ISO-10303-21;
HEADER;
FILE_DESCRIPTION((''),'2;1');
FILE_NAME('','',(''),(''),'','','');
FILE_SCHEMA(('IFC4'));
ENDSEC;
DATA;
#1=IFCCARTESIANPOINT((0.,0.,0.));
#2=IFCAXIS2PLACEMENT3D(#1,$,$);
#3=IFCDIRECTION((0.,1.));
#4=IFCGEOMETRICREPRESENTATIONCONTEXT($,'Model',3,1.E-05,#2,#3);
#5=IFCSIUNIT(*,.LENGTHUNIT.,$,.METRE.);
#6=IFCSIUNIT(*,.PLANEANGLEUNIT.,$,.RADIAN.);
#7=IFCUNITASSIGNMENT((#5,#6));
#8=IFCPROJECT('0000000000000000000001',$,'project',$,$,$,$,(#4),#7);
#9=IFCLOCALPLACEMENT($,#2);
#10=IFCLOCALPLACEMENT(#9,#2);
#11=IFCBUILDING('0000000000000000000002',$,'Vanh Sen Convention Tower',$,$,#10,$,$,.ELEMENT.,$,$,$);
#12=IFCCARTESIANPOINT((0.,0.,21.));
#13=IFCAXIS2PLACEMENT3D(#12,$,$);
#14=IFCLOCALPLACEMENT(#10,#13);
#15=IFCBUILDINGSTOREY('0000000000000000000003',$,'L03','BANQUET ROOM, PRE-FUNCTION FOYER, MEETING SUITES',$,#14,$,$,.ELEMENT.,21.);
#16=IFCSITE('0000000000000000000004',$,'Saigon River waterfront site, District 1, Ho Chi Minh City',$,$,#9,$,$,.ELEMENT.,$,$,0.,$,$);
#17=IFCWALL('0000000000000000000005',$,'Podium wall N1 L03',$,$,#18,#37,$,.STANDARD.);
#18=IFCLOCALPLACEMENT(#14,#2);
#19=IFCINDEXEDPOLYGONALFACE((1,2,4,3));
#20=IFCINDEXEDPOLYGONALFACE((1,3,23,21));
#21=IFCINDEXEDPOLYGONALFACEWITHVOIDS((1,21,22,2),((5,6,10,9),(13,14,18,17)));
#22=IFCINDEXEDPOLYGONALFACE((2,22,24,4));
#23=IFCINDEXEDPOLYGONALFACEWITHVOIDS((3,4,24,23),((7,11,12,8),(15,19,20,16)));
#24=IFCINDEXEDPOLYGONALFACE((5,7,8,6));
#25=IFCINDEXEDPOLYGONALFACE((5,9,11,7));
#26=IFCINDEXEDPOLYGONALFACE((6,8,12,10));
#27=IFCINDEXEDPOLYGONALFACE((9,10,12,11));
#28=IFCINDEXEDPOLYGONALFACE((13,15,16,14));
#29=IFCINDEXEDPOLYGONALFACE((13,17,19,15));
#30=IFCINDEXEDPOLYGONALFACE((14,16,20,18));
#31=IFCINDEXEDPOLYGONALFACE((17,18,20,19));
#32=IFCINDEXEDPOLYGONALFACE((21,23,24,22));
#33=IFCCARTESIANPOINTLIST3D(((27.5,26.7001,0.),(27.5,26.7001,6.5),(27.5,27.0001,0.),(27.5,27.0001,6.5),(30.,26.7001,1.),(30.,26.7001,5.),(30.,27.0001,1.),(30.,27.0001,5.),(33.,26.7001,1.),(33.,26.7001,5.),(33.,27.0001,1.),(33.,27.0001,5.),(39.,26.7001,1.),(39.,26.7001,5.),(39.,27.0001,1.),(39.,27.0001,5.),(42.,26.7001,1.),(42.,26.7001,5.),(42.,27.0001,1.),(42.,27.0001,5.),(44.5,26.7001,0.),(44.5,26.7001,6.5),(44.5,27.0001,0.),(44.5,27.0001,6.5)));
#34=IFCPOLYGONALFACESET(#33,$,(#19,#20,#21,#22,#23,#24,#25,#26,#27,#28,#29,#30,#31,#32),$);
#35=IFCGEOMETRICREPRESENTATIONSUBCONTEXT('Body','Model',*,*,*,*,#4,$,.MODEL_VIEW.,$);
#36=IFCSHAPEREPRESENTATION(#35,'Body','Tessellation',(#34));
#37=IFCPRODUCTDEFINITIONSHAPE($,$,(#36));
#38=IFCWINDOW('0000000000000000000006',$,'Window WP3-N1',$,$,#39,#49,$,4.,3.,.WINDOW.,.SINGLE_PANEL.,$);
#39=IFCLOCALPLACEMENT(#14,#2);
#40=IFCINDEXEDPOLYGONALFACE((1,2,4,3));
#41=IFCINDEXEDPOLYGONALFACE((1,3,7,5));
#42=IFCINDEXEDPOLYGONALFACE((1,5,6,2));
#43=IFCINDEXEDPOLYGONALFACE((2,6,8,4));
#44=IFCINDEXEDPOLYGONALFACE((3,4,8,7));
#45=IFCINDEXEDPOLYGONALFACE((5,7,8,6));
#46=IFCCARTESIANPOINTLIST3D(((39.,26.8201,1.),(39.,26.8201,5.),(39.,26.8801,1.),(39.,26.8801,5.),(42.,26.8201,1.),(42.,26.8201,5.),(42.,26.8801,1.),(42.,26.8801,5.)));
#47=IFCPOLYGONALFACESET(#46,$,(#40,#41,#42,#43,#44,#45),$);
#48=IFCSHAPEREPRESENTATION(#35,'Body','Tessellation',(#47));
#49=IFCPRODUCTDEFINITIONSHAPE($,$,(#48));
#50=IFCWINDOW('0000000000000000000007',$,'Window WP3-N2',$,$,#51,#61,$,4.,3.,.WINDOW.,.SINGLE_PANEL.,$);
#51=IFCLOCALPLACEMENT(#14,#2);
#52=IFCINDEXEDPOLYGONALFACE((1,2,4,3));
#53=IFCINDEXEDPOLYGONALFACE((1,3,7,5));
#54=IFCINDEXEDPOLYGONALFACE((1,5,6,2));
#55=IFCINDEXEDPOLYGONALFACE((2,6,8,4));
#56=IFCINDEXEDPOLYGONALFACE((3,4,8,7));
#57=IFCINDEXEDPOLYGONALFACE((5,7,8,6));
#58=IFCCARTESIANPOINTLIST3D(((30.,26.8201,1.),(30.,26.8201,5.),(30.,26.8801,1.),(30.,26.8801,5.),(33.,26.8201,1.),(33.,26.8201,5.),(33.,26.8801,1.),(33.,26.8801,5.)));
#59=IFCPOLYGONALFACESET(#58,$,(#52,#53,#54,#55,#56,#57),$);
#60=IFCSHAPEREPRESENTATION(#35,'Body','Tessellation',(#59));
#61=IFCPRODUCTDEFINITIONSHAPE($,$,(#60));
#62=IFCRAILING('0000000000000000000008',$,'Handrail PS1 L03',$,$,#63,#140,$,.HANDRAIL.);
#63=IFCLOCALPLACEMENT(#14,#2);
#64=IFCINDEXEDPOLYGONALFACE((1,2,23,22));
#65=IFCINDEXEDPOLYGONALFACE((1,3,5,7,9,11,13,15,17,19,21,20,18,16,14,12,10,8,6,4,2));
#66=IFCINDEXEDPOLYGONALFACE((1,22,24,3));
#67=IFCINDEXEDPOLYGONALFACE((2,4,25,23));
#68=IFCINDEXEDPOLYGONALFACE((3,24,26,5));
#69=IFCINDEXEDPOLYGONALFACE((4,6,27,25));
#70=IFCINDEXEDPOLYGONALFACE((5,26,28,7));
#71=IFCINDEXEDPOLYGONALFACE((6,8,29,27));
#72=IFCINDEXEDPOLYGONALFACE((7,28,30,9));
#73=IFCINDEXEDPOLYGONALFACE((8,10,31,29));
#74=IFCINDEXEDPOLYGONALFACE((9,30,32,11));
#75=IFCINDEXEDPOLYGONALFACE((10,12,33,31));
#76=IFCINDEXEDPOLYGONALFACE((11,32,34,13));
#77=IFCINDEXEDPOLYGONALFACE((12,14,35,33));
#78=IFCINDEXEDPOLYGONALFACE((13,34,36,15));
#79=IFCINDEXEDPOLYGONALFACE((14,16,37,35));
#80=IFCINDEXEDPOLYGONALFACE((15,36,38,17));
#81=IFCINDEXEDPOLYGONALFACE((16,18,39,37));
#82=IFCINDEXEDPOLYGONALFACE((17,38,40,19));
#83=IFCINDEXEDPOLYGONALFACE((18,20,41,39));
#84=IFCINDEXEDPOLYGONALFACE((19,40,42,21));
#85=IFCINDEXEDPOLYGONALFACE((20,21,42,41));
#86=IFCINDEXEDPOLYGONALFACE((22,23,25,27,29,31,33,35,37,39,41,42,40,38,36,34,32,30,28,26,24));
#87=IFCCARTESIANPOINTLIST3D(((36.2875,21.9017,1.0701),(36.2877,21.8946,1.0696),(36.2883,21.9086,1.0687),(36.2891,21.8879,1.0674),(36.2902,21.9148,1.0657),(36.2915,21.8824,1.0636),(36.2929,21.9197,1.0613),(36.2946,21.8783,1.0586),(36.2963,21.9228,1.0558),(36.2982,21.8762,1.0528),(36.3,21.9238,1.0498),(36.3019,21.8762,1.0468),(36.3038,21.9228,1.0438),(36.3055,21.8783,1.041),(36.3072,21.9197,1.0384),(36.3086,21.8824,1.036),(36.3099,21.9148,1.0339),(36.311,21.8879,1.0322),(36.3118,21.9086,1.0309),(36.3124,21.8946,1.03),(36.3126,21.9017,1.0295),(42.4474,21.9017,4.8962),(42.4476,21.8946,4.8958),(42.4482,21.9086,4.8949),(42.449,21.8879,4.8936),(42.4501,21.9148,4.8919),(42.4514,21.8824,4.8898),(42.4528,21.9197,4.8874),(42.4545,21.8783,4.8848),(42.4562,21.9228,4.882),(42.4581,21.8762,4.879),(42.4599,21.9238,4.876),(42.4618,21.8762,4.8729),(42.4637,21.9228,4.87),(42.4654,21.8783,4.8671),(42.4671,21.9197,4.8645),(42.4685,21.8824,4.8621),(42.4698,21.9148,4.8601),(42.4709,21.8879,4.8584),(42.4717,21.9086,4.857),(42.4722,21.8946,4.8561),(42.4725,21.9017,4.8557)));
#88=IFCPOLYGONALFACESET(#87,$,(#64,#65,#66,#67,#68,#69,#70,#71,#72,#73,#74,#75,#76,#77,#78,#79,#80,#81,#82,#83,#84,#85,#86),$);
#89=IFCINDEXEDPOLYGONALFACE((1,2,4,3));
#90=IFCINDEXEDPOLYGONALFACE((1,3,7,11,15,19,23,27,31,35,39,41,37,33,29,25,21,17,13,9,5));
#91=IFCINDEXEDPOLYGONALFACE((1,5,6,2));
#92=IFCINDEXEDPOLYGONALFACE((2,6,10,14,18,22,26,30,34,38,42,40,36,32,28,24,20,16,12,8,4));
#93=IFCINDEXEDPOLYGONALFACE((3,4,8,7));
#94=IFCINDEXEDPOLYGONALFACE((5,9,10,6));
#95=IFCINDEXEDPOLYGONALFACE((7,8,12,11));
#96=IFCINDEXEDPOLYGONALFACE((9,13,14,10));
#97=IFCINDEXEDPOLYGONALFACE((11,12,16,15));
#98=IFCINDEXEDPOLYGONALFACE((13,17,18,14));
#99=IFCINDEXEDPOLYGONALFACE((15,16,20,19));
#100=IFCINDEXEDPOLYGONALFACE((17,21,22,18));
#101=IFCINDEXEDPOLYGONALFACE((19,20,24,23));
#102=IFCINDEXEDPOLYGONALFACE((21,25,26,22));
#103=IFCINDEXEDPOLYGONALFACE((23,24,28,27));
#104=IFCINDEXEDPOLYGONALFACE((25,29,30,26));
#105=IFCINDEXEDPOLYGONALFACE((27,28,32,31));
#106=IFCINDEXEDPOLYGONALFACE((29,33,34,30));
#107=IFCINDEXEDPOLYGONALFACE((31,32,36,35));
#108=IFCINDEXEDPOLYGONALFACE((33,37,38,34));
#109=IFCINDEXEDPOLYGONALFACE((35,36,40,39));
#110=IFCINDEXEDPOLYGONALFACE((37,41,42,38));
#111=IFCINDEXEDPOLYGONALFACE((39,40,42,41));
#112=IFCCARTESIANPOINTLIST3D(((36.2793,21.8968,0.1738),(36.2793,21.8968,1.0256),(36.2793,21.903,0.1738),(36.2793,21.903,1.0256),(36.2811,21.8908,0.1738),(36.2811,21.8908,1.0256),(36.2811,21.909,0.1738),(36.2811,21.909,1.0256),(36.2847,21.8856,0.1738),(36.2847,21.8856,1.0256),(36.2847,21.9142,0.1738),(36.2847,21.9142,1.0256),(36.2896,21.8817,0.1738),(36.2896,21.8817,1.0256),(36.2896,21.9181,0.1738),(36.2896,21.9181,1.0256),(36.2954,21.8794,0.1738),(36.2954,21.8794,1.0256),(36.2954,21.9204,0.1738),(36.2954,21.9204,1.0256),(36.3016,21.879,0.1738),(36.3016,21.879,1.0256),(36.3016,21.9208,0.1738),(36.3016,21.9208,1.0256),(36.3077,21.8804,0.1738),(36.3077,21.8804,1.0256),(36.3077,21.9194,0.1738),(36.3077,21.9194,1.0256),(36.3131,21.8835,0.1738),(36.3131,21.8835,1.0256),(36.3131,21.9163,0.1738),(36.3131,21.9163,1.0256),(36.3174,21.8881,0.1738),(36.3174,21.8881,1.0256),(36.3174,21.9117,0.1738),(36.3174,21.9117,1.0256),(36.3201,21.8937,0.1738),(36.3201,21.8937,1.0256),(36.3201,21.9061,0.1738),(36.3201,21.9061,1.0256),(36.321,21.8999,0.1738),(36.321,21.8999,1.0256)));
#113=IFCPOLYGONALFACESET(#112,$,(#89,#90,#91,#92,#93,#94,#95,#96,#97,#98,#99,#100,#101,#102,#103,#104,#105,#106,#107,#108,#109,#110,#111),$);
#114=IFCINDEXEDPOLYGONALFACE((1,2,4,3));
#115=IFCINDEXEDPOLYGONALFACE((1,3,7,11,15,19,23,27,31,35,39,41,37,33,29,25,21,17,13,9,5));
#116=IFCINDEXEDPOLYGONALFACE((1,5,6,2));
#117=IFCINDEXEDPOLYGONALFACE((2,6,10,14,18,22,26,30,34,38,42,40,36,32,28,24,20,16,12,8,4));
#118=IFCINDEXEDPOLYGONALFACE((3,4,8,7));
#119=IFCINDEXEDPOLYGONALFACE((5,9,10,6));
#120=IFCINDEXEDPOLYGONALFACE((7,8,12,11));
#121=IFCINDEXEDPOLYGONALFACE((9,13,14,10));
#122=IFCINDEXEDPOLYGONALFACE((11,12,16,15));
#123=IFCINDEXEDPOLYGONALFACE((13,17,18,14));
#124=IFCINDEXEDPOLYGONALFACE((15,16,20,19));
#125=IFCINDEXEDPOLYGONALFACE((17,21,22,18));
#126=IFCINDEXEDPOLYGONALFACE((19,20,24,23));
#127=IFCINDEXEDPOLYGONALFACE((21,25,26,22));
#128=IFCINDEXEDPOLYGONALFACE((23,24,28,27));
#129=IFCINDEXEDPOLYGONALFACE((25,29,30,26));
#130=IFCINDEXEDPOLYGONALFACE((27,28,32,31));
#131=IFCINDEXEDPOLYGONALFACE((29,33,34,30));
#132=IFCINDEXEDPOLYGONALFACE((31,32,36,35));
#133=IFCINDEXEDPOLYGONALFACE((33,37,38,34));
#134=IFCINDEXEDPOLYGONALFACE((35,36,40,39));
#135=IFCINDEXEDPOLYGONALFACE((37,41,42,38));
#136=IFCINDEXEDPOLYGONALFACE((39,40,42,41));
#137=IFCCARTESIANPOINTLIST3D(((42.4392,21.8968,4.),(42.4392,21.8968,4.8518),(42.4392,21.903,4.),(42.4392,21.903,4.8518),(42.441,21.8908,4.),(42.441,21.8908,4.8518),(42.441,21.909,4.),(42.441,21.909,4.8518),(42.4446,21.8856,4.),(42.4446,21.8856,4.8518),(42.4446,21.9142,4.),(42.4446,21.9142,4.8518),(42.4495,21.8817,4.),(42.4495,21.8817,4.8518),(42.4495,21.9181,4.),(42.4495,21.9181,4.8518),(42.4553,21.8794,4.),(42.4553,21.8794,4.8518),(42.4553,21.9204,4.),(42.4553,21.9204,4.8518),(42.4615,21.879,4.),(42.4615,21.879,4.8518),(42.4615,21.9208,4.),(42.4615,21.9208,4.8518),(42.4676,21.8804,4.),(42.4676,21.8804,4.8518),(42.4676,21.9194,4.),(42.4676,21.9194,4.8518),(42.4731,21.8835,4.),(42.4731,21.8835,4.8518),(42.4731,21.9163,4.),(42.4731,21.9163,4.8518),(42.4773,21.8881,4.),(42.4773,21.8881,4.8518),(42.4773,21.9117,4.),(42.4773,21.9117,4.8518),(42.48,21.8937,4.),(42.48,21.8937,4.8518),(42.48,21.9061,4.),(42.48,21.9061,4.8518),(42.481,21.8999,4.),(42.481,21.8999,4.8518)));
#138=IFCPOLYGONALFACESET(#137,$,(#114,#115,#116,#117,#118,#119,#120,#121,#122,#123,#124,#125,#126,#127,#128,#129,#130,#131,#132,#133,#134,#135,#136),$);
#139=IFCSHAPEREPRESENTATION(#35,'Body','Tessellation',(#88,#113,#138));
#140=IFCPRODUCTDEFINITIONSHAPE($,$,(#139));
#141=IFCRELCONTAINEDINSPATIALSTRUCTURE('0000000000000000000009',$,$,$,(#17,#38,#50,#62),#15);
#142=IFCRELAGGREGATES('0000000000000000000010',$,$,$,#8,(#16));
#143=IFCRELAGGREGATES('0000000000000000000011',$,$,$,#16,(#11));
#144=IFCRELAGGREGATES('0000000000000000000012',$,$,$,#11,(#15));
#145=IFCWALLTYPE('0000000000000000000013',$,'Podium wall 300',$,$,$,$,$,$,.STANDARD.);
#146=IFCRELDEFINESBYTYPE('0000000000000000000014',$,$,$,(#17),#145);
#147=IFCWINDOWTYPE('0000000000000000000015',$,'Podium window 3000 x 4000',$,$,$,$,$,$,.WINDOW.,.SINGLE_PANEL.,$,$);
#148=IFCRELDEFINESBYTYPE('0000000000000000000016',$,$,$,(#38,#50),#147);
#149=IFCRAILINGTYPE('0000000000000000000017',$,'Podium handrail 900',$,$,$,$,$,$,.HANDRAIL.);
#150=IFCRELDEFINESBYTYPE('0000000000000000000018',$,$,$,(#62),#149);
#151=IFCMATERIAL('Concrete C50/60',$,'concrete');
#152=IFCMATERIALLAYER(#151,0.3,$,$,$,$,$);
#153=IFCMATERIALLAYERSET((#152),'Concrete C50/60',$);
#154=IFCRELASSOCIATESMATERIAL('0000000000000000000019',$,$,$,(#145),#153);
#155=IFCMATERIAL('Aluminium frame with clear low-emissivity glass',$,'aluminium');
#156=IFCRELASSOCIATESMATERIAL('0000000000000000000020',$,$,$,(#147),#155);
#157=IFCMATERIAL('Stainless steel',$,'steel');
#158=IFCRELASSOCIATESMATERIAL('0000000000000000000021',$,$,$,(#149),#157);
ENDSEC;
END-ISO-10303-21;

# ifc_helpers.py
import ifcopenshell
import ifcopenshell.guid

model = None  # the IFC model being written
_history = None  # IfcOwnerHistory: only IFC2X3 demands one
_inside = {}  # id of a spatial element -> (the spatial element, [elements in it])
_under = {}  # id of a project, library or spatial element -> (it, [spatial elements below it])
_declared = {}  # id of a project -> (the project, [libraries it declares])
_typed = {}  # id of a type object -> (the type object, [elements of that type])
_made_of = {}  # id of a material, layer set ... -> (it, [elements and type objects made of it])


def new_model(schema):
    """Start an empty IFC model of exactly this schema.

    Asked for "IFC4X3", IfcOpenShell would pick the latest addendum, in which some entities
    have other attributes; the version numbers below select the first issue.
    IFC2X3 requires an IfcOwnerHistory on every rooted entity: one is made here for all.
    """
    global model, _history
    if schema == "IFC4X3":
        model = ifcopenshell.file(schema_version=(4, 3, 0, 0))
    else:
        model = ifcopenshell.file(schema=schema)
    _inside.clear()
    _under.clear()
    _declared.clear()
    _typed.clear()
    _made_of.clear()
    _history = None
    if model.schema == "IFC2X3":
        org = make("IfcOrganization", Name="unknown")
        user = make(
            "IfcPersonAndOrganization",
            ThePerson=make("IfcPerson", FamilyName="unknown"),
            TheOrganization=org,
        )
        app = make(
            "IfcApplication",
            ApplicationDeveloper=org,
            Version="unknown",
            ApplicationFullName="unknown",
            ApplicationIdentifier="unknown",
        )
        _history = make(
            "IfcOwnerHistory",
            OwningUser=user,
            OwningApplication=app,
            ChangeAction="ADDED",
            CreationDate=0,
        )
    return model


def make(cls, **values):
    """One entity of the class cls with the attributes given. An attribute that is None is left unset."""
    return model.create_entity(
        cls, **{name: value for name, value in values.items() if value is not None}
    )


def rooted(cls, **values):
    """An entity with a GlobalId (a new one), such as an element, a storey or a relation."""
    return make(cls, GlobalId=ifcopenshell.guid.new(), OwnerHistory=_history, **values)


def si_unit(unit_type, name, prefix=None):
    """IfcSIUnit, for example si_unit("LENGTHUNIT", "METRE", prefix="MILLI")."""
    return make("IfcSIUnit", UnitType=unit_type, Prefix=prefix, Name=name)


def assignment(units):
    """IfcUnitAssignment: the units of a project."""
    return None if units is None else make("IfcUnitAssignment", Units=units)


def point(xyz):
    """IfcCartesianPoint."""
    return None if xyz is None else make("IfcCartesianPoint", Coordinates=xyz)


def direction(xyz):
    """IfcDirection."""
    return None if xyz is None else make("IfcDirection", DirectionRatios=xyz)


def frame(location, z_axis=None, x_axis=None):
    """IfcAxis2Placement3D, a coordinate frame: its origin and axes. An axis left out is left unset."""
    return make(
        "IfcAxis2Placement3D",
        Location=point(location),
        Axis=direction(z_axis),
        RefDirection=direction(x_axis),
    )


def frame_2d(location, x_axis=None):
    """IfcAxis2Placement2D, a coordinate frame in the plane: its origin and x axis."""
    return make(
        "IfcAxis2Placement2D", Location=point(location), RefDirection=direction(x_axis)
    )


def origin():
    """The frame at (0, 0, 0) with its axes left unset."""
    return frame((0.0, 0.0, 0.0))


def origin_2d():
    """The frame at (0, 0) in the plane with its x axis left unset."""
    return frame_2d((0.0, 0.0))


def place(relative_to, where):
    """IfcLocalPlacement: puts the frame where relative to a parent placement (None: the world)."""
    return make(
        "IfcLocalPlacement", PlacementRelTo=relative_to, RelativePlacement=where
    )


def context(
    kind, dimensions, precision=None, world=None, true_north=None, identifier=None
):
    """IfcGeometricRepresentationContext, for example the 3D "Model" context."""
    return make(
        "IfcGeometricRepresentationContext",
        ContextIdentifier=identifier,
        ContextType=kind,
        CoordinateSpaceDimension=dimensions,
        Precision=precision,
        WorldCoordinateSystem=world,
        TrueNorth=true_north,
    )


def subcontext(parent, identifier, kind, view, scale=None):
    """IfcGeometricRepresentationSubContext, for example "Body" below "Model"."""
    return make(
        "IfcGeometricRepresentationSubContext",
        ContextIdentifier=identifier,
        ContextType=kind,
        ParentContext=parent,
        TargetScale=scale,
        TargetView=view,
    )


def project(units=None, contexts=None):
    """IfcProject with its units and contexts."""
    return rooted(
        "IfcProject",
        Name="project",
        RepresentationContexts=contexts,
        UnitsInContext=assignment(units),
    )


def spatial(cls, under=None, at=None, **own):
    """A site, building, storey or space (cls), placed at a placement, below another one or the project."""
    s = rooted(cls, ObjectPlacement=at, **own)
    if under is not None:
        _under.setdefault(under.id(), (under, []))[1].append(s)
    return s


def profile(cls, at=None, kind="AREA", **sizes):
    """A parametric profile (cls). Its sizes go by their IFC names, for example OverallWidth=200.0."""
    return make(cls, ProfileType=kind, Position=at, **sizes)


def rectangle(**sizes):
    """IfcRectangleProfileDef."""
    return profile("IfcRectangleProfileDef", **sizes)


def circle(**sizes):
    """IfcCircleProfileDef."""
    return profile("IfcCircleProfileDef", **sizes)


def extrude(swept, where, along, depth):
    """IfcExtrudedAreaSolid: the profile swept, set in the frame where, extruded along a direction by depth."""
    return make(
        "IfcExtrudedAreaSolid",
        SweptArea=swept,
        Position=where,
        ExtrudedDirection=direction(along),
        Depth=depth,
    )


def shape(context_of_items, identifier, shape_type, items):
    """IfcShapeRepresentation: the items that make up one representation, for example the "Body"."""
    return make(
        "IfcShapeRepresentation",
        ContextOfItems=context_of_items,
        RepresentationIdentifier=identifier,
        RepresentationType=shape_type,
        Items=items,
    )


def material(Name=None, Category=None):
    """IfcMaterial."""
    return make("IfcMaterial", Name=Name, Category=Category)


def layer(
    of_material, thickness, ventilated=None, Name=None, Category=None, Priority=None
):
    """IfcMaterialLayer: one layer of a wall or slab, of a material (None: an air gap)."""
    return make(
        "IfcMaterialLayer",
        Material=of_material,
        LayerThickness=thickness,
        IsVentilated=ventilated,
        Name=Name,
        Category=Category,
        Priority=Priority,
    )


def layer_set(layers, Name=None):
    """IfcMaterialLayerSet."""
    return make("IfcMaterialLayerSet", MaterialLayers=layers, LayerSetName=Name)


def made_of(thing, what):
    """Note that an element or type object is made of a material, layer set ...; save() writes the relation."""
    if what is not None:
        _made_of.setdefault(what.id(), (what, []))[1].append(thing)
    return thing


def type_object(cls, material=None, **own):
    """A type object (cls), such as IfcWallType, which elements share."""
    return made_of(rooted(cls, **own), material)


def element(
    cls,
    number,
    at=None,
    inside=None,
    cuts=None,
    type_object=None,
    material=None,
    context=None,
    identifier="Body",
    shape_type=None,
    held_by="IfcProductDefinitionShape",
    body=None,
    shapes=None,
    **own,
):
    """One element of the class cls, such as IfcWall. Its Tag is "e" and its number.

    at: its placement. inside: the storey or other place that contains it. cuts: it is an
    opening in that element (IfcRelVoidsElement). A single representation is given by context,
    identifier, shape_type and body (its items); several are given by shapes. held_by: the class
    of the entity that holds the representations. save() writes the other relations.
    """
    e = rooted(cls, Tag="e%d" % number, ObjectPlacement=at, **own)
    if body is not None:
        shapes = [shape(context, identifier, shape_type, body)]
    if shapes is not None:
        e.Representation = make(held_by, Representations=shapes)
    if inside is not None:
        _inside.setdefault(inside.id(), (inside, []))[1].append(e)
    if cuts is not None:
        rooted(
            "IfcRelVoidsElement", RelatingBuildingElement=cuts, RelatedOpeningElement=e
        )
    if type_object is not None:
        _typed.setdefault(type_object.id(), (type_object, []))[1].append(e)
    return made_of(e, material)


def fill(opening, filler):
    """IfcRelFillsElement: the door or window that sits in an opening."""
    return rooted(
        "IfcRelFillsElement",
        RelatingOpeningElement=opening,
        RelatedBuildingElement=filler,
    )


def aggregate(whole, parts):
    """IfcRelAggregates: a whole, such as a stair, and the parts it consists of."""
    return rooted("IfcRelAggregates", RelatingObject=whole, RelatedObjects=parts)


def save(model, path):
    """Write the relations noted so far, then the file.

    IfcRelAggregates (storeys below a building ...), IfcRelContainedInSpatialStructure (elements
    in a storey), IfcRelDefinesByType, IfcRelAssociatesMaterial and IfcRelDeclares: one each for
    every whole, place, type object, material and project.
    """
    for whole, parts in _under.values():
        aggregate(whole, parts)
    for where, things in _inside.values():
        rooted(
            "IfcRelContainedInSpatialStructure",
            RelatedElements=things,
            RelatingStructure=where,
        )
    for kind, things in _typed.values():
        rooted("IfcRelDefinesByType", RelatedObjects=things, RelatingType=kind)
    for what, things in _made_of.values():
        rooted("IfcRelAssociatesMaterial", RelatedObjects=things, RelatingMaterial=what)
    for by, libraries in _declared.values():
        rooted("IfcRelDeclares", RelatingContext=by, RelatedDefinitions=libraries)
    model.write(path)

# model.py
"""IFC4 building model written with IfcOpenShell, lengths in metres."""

from ifc_helpers import new_model, si_unit, direction, frame, frame_2d, origin, origin_2d, place, context, subcontext, project, spatial, rectangle, circle, extrude, material, layer, layer_set, type_object, element, fill, save


model = new_model("IFC4")

# Units and contexts
model_context = context("Model", 3, precision=1e-05, world=origin(), true_north=direction((0.0, 1.0)))
body_context = subcontext(model_context, "Body", "Model", "MODEL_VIEW")
ifc_project = project(units=[si_unit("LENGTHUNIT", "METRE"), si_unit("PLANEANGLEUNIT", "RADIAN")], contexts=[model_context])

# Site, building, storey
site_placement = place(None, origin())
site = spatial("IfcSite", under=ifc_project, at=site_placement, Name="Saigon River waterfront site, District 1, Ho Chi Minh City", CompositionType="ELEMENT", RefElevation=0.0)
building_placement = place(site_placement, origin())
building = spatial("IfcBuilding", under=site, at=building_placement, Name="Vanh Sen Convention Tower", CompositionType="ELEMENT")
storey_placement = place(building_placement, frame((0.0, 0.0, 21.0)))
storey = spatial("IfcBuildingStorey", under=building, at=storey_placement, Name="L03", Description="BANQUET ROOM, PRE-FUNCTION FOYER, MEETING SUITES", CompositionType="ELEMENT", Elevation=21.0)

# Wall, openings, windows
ifc_material_1 = material(Name="Concrete C50/60", Category="concrete")
ifc_layer_1 = layer(ifc_material_1, 0.3)
ifc_layer_set_1 = layer_set([ifc_layer_1], Name="Concrete C50/60")
wall_type_1 = type_object("IfcWallType", Name="Podium wall 300", PredefinedType="STANDARD", material=ifc_layer_set_1)
wall_1_placement = place(storey_placement, frame((44.5, 26.8501, 0.0), z_axis=(0.0, 0.0, 1.0), x_axis=(-1.0, 0.0, 0.0)))
wall_1 = element("IfcWall", 1, at=wall_1_placement, inside=storey, type_object=wall_type_1, Name="Podium wall N1 L03", PredefinedType="STANDARD", context=body_context, shape_type="SweptSolid", body=[
    extrude(rectangle(XDim=17.0, YDim=0.3, at=frame_2d((8.5, 0.0))), origin(), (0.0, 0.0, 1.0), 6.5),
])
opening_1_placement = place(wall_1_placement, frame((2.5, 0.0, 1.0)))
opening_1 = element("IfcOpeningElement", 2, at=opening_1_placement, cuts=wall_1, PredefinedType="OPENING", context=body_context, shape_type="SweptSolid", body=[
    extrude(rectangle(XDim=3.0, YDim=4.0, at=frame_2d((1.5, 2.0))), frame((0.0, 0.1599, 0.0), z_axis=(0.0, -1.0, 0.0), x_axis=(1.0, 0.0, 0.0)), (0.0, 0.0, 1.0), 0.3201),
])
opening_2_placement = place(wall_1_placement, frame((11.5, 0.0, 1.0)))
opening_2 = element("IfcOpeningElement", 3, at=opening_2_placement, cuts=wall_1, PredefinedType="OPENING", context=body_context, shape_type="SweptSolid", body=[
    extrude(rectangle(XDim=3.0, YDim=4.0, at=frame_2d((1.5, 2.0))), frame((0.0, 0.1599, 0.0), z_axis=(0.0, -1.0, 0.0), x_axis=(1.0, 0.0, 0.0)), (0.0, 0.0, 1.0), 0.3201),
])
ifc_material_2 = material(Name="Aluminium frame with clear low-emissivity glass", Category="aluminium")
window_type = type_object("IfcWindowType", Name="Podium window 3000 x 4000", PartitioningType="SINGLE_PANEL", PredefinedType="WINDOW", material=ifc_material_2)
window_1_placement = place(opening_1_placement, origin())
window_1 = element("IfcWindow", 4, at=window_1_placement, inside=storey, type_object=window_type, Name="Window WP3-N1", OverallHeight=4.0, OverallWidth=3.0, PartitioningType="SINGLE_PANEL", PredefinedType="WINDOW", context=body_context, shape_type="SweptSolid", body=[
    extrude(rectangle(XDim=3.0, YDim=4.0, at=frame_2d((1.5, 2.0))), frame((0.0, 0.03, 0.0), z_axis=(0.0, -1.0, 0.0), x_axis=(1.0, 0.0, 0.0)), (0.0, 0.0, 1.0), 0.0601),
])
fill(opening_1, window_1)
window_2_placement = place(opening_2_placement, origin())
window_2 = element("IfcWindow", 5, at=window_2_placement, inside=storey, type_object=window_type, Name="Window WP3-N2", OverallHeight=4.0, OverallWidth=3.0, PartitioningType="SINGLE_PANEL", PredefinedType="WINDOW", context=body_context, shape_type="SweptSolid", body=[
    extrude(rectangle(XDim=3.0, YDim=4.0, at=frame_2d((1.5, 2.0))), frame((0.0, 0.03, 0.0), z_axis=(0.0, -1.0, 0.0), x_axis=(1.0, 0.0, 0.0)), (0.0, 0.0, 1.0), 0.0601),
])
fill(opening_2, window_2)

# Railing
ifc_material_3 = material(Name="Stainless steel", Category="steel")
railing_type = type_object("IfcRailingType", Name="Podium handrail 900", PredefinedType="HANDRAIL", material=ifc_material_3)
for number, where, name in (
    (6, (36.3, 21.8999, 0.1738), "Handrail PS1 L03"),
):
    element("IfcRailing", number, at=place(storey_placement, frame(where)), inside=storey, type_object=railing_type, Name=name, PredefinedType="HANDRAIL", context=body_context, shape_type="SweptSolid", body=[
        extrude(circle(Radius=0.0239, at=origin_2d()), frame((0.0, 0.0, 0.876), z_axis=(0.849468, 0.0, 0.527639), x_axis=(0.0, 1.0, 0.0)), (0.0, 0.0, 1.0), 7.2515),
        extrude(circle(Radius=0.021, at=origin_2d()), origin(), (0.0, 0.0, 1.0), 0.8518),
        extrude(circle(Radius=0.021, at=origin_2d()), frame((6.1599, 0.0, 3.8262)), (0.0, 0.0, 1.0), 0.8518),
    ])

save(model, "model.ifc")
